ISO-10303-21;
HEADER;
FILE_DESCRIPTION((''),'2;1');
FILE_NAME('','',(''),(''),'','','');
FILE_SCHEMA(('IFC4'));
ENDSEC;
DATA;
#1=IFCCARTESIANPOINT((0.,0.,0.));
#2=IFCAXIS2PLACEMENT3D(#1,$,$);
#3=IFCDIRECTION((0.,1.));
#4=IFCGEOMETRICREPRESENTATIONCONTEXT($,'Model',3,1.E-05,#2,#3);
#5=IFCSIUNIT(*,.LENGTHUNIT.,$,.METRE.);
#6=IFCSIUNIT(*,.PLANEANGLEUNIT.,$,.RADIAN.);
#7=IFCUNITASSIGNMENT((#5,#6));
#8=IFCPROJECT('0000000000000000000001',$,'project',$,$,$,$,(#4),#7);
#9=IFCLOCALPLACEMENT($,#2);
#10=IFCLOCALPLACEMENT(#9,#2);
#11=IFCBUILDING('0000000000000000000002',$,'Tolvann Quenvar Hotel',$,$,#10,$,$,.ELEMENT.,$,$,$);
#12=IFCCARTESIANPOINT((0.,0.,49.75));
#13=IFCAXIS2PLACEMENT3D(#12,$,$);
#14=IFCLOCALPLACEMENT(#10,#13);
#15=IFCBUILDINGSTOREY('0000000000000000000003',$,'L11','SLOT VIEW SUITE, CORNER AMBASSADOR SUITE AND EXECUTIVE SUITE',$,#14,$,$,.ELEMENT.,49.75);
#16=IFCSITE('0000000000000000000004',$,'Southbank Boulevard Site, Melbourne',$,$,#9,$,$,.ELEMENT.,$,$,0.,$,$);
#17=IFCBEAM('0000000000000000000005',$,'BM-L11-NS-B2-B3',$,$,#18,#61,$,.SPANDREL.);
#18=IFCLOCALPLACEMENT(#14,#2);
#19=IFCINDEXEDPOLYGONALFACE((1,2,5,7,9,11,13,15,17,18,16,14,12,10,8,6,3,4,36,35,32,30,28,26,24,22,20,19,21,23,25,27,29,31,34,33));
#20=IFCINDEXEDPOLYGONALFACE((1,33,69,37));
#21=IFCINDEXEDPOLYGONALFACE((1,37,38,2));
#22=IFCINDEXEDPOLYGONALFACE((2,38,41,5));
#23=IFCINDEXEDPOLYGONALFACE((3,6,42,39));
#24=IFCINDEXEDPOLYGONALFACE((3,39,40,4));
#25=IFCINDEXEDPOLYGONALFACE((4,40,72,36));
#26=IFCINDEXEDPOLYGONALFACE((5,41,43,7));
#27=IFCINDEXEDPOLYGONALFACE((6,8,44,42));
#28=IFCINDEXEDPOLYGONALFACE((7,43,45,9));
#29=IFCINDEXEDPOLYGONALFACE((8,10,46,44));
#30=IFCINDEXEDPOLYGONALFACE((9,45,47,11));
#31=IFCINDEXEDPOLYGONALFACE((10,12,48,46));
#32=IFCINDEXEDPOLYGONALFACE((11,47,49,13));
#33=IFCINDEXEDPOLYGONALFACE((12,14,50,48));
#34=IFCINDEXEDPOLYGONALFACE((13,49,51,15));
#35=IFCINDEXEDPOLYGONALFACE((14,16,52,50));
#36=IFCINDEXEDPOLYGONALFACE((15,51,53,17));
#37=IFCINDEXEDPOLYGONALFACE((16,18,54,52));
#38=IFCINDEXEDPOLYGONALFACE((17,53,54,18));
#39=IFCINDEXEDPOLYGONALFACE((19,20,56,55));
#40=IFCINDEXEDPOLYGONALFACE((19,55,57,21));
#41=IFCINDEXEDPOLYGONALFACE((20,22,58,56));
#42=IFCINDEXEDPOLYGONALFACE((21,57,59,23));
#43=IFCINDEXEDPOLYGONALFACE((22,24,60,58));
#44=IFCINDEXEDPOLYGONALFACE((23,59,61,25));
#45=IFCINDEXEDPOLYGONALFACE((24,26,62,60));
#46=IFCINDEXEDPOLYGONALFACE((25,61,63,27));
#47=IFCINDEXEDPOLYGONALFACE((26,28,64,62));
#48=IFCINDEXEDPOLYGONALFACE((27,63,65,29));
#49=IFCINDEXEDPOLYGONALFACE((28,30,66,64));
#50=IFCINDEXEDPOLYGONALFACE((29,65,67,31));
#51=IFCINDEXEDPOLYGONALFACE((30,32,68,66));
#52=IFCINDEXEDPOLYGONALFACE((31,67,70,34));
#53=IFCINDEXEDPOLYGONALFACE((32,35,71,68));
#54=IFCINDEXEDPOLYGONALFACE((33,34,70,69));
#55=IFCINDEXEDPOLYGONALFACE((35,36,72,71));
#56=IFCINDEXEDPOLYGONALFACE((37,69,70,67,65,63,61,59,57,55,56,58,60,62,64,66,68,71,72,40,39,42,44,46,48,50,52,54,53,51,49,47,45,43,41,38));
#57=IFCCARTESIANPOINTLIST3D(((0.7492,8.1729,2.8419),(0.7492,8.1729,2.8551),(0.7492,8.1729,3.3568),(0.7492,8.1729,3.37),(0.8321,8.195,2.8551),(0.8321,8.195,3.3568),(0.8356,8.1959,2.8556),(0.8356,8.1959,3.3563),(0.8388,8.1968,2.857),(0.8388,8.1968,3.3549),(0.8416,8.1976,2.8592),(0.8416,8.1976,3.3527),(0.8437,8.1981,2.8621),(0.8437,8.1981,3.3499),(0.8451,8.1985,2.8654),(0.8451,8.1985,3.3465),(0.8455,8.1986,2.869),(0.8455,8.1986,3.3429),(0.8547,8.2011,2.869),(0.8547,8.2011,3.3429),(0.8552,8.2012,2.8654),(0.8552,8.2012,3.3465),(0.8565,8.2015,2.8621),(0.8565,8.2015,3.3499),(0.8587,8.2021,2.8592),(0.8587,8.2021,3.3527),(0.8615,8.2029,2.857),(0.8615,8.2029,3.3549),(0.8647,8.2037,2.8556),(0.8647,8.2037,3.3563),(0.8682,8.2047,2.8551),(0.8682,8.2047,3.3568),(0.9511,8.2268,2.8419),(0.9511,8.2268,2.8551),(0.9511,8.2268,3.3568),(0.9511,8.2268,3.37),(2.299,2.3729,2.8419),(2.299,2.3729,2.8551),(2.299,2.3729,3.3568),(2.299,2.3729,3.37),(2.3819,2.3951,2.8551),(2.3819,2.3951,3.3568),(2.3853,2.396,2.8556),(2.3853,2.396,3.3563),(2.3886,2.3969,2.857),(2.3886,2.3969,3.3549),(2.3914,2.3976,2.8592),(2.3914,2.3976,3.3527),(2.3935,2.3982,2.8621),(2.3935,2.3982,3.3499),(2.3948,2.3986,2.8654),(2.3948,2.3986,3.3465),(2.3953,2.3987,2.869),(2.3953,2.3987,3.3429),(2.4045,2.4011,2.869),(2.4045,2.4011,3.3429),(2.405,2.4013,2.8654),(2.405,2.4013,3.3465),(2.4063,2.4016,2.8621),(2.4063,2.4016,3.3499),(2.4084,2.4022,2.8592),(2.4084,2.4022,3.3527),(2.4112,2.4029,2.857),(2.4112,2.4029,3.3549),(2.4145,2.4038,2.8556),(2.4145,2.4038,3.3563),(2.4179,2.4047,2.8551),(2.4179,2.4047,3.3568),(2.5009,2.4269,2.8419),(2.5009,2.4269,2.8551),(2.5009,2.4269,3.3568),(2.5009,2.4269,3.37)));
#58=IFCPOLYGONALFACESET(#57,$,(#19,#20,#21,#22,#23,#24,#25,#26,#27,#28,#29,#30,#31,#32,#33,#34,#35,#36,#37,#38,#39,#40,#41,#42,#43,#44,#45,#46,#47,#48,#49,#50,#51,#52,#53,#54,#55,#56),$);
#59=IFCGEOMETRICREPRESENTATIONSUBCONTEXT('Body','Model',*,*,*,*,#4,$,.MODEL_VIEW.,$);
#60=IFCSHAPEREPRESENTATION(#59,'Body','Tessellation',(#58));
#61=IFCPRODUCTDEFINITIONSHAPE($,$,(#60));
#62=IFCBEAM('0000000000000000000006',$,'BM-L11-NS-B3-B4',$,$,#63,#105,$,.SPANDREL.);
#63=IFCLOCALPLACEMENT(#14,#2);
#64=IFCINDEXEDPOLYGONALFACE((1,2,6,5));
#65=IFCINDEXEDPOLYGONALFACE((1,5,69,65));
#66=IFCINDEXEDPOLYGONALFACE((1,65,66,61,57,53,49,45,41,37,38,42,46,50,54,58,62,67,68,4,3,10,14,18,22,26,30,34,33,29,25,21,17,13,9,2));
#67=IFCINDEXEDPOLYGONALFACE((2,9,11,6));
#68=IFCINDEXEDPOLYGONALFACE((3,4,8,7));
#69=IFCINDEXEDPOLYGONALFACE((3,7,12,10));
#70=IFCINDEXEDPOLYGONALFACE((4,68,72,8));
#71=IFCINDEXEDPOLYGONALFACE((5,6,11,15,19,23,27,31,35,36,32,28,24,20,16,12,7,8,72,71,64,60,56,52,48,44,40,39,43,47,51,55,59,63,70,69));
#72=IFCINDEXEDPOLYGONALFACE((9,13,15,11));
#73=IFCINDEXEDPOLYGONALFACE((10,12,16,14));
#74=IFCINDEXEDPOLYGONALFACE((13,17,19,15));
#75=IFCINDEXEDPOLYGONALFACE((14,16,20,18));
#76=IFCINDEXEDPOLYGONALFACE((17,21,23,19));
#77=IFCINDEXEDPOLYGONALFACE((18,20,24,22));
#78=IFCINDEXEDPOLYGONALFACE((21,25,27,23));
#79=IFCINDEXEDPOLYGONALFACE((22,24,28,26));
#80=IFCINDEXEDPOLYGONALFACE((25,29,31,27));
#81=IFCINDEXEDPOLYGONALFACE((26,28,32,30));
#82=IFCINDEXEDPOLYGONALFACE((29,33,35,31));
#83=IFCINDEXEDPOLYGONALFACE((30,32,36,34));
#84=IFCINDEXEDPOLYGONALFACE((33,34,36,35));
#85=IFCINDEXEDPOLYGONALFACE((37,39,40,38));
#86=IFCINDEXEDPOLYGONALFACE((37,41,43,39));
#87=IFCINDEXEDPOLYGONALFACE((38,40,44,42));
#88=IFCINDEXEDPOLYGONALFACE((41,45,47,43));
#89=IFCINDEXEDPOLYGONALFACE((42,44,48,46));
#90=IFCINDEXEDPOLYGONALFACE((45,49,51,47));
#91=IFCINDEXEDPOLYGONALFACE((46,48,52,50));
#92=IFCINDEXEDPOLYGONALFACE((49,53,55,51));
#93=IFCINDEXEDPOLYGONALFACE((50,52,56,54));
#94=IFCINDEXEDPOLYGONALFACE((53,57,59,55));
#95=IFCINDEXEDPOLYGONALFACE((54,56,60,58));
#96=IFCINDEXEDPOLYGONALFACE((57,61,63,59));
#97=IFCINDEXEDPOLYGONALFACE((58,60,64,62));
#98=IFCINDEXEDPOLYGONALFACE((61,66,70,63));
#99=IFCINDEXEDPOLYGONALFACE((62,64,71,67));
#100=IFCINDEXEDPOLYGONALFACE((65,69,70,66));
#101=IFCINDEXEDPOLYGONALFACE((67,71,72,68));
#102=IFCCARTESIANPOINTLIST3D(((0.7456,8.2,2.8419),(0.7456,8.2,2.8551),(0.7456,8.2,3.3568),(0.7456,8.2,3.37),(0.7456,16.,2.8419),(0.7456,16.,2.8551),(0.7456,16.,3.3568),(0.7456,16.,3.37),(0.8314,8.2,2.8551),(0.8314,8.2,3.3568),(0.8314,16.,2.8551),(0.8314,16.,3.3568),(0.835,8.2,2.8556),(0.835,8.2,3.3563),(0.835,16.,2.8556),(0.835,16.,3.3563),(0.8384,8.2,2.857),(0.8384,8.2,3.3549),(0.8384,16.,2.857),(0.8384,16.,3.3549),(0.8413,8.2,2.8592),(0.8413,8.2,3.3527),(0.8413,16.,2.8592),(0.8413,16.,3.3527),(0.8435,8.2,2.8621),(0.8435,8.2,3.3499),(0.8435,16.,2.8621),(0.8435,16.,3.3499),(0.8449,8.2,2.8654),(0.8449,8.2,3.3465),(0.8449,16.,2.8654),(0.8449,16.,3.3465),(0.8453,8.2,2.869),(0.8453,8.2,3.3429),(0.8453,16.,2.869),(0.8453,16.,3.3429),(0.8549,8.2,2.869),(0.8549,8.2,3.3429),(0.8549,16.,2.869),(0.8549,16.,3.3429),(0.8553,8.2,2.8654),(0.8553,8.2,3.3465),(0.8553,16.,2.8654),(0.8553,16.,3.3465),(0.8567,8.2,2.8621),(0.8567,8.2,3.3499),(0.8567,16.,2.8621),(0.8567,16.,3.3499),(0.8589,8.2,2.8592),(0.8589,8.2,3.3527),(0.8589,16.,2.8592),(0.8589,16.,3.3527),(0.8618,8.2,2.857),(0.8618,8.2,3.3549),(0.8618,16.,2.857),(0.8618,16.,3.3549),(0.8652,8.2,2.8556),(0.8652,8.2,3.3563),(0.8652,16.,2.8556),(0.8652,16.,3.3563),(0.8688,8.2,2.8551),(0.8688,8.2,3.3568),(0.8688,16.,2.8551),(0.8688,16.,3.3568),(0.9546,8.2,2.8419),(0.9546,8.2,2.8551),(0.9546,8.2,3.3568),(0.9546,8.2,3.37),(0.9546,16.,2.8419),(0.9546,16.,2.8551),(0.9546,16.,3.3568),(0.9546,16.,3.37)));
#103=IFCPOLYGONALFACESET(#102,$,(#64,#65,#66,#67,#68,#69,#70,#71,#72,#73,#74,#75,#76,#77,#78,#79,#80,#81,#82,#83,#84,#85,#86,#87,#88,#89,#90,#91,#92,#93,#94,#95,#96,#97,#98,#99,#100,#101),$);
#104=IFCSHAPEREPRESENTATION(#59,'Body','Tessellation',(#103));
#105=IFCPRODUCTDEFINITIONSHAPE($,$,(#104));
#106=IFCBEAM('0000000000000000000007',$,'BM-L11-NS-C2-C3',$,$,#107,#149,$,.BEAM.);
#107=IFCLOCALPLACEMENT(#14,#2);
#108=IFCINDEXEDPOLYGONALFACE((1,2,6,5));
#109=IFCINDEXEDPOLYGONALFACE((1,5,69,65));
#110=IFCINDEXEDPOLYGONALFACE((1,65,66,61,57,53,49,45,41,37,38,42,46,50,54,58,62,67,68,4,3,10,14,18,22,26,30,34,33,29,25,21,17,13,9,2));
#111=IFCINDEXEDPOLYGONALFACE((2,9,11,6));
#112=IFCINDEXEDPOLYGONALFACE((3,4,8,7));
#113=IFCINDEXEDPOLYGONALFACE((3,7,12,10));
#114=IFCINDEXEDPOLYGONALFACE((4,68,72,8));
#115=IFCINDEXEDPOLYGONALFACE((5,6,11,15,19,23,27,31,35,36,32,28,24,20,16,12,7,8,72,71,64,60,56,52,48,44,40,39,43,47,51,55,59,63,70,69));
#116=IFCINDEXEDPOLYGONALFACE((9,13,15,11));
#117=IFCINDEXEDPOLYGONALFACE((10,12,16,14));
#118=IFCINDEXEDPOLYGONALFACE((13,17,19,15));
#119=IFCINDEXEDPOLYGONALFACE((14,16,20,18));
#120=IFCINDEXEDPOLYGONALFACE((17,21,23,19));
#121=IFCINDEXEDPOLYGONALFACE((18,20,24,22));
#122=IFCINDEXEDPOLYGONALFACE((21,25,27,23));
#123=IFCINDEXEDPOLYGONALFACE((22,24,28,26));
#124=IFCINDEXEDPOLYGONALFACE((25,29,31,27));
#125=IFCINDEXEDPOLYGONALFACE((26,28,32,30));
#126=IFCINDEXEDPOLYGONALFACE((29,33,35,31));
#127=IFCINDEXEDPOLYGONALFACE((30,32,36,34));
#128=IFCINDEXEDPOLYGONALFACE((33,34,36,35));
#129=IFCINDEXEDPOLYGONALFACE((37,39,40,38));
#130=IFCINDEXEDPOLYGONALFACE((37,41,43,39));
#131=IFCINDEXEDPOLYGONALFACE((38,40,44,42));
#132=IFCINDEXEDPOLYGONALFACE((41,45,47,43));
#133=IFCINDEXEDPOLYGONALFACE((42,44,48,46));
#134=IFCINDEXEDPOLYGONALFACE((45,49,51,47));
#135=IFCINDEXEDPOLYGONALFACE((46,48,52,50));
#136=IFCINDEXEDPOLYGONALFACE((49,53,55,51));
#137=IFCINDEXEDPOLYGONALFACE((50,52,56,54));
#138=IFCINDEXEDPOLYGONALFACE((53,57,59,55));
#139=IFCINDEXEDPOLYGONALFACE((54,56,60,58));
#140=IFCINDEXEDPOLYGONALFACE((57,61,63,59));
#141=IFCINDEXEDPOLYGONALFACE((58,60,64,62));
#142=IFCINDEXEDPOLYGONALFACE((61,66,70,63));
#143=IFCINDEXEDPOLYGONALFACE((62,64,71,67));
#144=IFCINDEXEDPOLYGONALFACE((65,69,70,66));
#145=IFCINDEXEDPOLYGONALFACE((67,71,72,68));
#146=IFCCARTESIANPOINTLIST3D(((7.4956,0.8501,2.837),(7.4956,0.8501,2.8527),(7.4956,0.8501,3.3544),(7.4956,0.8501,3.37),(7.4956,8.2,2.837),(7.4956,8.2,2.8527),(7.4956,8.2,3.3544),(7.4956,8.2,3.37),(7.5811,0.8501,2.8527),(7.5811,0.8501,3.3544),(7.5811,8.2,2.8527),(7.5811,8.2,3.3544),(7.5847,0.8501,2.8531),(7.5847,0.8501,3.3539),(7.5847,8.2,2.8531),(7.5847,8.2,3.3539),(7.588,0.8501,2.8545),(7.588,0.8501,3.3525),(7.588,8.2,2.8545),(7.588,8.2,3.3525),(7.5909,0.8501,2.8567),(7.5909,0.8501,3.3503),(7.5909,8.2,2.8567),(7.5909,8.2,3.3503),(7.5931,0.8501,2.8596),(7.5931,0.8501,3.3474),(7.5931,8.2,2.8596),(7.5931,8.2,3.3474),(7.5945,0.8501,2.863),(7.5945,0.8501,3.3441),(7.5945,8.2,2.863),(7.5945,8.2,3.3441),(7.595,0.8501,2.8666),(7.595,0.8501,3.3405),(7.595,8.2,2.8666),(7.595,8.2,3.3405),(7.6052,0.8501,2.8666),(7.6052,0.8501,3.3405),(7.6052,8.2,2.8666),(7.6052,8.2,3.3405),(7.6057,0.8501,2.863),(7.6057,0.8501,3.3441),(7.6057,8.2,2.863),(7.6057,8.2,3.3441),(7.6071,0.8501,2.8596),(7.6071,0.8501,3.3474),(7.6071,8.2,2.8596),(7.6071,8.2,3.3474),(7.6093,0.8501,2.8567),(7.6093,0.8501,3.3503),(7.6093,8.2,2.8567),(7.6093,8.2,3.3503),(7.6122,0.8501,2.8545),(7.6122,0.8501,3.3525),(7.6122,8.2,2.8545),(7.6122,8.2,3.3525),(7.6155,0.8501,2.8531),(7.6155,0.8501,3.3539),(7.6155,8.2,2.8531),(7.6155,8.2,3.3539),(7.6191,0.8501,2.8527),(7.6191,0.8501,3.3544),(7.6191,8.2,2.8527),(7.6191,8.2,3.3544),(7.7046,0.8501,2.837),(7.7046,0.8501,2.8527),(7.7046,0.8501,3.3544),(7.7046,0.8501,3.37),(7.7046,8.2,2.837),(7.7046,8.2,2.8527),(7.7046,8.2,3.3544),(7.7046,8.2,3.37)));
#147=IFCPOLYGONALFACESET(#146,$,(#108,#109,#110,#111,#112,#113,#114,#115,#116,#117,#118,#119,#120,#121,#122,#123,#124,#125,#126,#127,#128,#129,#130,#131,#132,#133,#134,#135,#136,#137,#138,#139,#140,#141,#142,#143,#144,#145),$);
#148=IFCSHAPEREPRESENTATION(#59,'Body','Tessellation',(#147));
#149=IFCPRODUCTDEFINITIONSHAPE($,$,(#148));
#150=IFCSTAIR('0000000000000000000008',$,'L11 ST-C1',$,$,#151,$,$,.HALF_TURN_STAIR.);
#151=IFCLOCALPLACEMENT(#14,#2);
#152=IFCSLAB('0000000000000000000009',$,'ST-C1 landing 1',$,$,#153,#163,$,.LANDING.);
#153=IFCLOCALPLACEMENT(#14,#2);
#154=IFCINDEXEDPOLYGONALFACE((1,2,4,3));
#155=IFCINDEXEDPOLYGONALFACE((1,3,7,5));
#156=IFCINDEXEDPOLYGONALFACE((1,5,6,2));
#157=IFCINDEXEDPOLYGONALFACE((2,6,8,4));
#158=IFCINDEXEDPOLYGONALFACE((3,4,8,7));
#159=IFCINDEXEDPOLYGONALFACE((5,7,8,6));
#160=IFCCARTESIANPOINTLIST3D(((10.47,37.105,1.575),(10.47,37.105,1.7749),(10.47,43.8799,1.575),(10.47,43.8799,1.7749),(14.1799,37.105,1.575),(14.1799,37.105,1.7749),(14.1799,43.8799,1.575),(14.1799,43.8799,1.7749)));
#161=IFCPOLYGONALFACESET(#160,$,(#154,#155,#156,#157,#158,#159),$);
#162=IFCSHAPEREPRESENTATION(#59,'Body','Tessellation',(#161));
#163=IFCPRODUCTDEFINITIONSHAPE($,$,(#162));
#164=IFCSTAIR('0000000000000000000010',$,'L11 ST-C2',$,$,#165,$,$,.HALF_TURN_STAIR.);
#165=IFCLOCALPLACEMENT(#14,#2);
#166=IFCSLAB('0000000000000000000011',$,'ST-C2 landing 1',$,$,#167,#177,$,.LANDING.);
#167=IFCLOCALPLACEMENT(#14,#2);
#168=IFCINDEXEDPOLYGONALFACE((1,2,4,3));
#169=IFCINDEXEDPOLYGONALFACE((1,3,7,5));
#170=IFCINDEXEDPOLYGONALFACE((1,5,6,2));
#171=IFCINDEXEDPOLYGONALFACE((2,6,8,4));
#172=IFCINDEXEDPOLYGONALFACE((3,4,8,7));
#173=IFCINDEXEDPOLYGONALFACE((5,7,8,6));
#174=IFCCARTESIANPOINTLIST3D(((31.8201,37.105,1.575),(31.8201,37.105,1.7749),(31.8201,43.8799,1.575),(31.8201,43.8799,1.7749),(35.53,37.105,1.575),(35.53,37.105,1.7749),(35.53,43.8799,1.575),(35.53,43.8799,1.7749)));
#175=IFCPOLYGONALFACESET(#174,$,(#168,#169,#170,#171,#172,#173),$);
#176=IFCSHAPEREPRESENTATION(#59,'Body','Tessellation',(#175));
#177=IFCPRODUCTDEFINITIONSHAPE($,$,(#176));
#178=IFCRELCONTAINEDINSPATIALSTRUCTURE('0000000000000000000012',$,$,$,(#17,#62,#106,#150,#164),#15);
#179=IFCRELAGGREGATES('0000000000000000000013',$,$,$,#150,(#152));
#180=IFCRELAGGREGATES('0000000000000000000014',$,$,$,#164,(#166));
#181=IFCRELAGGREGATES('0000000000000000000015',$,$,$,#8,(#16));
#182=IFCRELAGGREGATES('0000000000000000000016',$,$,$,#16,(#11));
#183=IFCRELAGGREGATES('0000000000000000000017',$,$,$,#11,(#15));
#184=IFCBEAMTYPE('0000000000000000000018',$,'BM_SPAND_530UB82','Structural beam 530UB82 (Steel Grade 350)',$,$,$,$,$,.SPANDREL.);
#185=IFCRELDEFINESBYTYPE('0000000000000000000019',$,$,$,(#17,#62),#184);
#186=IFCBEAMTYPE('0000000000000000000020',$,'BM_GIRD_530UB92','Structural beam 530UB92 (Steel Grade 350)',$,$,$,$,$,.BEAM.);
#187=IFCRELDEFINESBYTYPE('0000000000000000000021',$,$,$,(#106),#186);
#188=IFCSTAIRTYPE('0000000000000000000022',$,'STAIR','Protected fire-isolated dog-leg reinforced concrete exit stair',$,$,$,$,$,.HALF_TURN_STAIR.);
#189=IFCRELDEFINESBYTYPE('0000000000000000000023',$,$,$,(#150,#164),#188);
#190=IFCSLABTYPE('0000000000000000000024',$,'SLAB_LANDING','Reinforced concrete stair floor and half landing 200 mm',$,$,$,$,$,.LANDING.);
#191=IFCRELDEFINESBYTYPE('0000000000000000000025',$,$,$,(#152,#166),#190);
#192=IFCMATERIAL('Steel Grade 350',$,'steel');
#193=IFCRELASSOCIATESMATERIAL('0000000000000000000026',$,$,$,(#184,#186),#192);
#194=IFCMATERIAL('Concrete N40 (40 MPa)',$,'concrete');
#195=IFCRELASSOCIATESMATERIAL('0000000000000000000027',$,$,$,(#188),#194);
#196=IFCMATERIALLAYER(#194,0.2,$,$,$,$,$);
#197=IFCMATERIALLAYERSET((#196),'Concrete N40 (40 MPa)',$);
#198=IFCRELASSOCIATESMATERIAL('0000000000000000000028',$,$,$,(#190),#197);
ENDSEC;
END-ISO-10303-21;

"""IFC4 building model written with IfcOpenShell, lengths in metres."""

from ifc_helpers import new_model, si_unit, direction, frame, origin, origin_2d, place, context, subcontext, project, spatial, polyline, i_section, outline, extrude, source, transform, mapped, material, layer, layer_set, material_profile, profile_set, type_object, type_shapes, element, aggregate, save


model = new_model("IFC4")

# Units and contexts
model_context = context("Model", 3, precision=1e-05, world=origin(), true_north=direction((0.0, 1.0)))
body_context = subcontext(model_context, "Body", "Model", "MODEL_VIEW")
ifc_project = project(units=[si_unit("LENGTHUNIT", "METRE"), si_unit("PLANEANGLEUNIT", "RADIAN")], contexts=[model_context])

# Site, building, storey
site_placement = place(None, origin())
site = spatial("IfcSite", under=ifc_project, at=site_placement, Name="Southbank Boulevard Site, Melbourne", CompositionType="ELEMENT", RefElevation=0.0)
building_placement = place(site_placement, origin())
building = spatial("IfcBuilding", under=site, at=building_placement, Name="Tolvann Quenvar Hotel", CompositionType="ELEMENT")
storey_placement = place(building_placement, frame((0.0, 0.0, 49.75)))
storey = spatial("IfcBuildingStorey", under=building, at=storey_placement, Name="L11", Description="SLOT VIEW SUITE, CORNER AMBASSADOR SUITE AND EXECUTIVE SUITE", CompositionType="ELEMENT", Elevation=49.75)

# Beams
ifc_material_1 = material(Name="Steel Grade 350", Category="steel")
ifc_material_profile_1 = material_profile(ifc_material_1, i_section(OverallWidth=0.209, OverallDepth=0.5281, WebThickness=0.0095, FlangeThickness=0.0132, FilletRadius=0.0139, at=origin_2d()), Name="530UB82")
ifc_profile_set_1 = profile_set([ifc_material_profile_1], Name="Steel Grade 350")
beam_type_1 = type_object("IfcBeamType", Name="BM_SPAND_530UB82", Description="Structural beam 530UB82 (Steel Grade 350)", PredefinedType="SPANDREL", material=ifc_profile_set_1)
shared_shape_1 = source(origin(), body_context, "Body", "SweptSolid", [
    extrude(i_section(OverallWidth=0.209, OverallDepth=0.5281, WebThickness=0.0095, FlangeThickness=0.0132, FilletRadius=0.0139, at=origin_2d()), origin(), (0.0, 0.0, 1.0), 6.0034),
])
beam_1_placement = place(storey_placement, frame((2.3999, 2.3999, 3.106), z_axis=(-0.258149, 0.966105, 0.0), x_axis=(-0.966105, -0.258149, 0.0)))
element("IfcBeam", 1, at=beam_1_placement, inside=storey, type_object=beam_type_1, Name="BM-L11-NS-B2-B3", PredefinedType="SPANDREL", context=body_context, shape_type="MappedRepresentation", body=[
    mapped(shared_shape_1, transform((0.0, 0.0, 0.0), x_axis=(1.0, 0.0, 0.0), y_axis=(0.0, 1.0, 0.0), z_axis=(0.0, 0.0, 1.0), scale=1.0)),
])
shared_shape_2 = source(origin(), body_context, "Body", "SweptSolid", [
    extrude(i_section(OverallWidth=0.209, OverallDepth=0.5281, WebThickness=0.0095, FlangeThickness=0.0132, FilletRadius=0.0139, at=origin_2d()), origin(), (0.0, 0.0, 1.0), 7.8),
])
beam_2_placement = place(storey_placement, frame((0.8501, 8.2, 3.106), z_axis=(0.0, 1.0, 0.0), x_axis=(-1.0, 0.0, 0.0)))
element("IfcBeam", 2, at=beam_2_placement, inside=storey, type_object=beam_type_1, Name="BM-L11-NS-B3-B4", PredefinedType="SPANDREL", context=body_context, shape_type="MappedRepresentation", body=[
    mapped(shared_shape_2, transform((0.0, 0.0, 0.0), x_axis=(1.0, 0.0, 0.0), y_axis=(0.0, 1.0, 0.0), z_axis=(0.0, 0.0, 1.0), scale=1.0)),
])
ifc_material_profile_2 = material_profile(ifc_material_1, i_section(OverallWidth=0.209, OverallDepth=0.533, WebThickness=0.0103, FlangeThickness=0.0156, FilletRadius=0.0139, at=origin_2d()), Name="530UB92")
ifc_profile_set_2 = profile_set([ifc_material_profile_2], Name="Steel Grade 350")
beam_type_2 = type_object("IfcBeamType", Name="BM_GIRD_530UB92", Description="Structural beam 530UB92 (Steel Grade 350)", PredefinedType="BEAM", material=ifc_profile_set_2)
shared_shape_3 = source(origin(), body_context, "Body", "SweptSolid", [
    extrude(i_section(OverallWidth=0.209, OverallDepth=0.533, WebThickness=0.0103, FlangeThickness=0.0156, FilletRadius=0.0139, at=origin_2d()), origin(), (0.0, 0.0, 1.0), 7.3499),
])
type_shapes(beam_type_2, [shared_shape_3])
beam_3_placement = place(storey_placement, frame((7.6001, 0.8501, 3.1035), z_axis=(0.0, 1.0, 0.0), x_axis=(-1.0, 0.0, 0.0)))
element("IfcBeam", 3, at=beam_3_placement, inside=storey, type_object=beam_type_2, Name="BM-L11-NS-C2-C3", PredefinedType="BEAM", context=body_context, shape_type="MappedRepresentation", body=[
    mapped(shared_shape_3, transform((0.0, 0.0, 0.0), x_axis=(1.0, 0.0, 0.0), y_axis=(0.0, 1.0, 0.0), z_axis=(0.0, 0.0, 1.0), scale=1.0)),
])

# Stairs, slabs
ifc_material_2 = material(Name="Concrete N40 (40 MPa)", Category="concrete")
stair_type = type_object("IfcStairType", Name="STAIR", Description="Protected fire-isolated dog-leg reinforced concrete exit stair", PredefinedType="HALF_TURN_STAIR", material=ifc_material_2)
stair_1_placement = place(storey_placement, origin())
stair_1 = element("IfcStair", 4, at=stair_1_placement, inside=storey, type_object=stair_type, Name="L11 ST-C1", PredefinedType="HALF_TURN_STAIR")
ifc_layer_1 = layer(ifc_material_2, 0.2)
ifc_layer_set_1 = layer_set([ifc_layer_1], Name="Concrete N40 (40 MPa)")
slab_type_1 = type_object("IfcSlabType", Name="SLAB_LANDING", Description="Reinforced concrete stair floor and half landing 200 mm", PredefinedType="LANDING", material=ifc_layer_set_1)
slab_1_placement = place(storey_placement, frame((0.0, 0.0, 1.575)))
slab_1 = element("IfcSlab", 5, at=slab_1_placement, type_object=slab_type_1, Name="ST-C1 landing 1", PredefinedType="LANDING", context=body_context, shape_type="SweptSolid", body=[
    extrude(outline(polyline([(14.1799, 37.105), (14.1799, 43.8799), (10.47, 43.8799), (10.47, 37.105), (14.1799, 37.105)])), origin(), (0.0, 0.0, 1.0), 0.2),
])
aggregate(stair_1, [slab_1])
stair_2_placement = place(storey_placement, origin())
stair_2 = element("IfcStair", 6, at=stair_2_placement, inside=storey, type_object=stair_type, Name="L11 ST-C2", PredefinedType="HALF_TURN_STAIR")
slab_2_placement = place(storey_placement, frame((0.0, 0.0, 1.575)))
slab_2 = element("IfcSlab", 7, at=slab_2_placement, type_object=slab_type_1, Name="ST-C2 landing 1", PredefinedType="LANDING", context=body_context, shape_type="SweptSolid", body=[
    extrude(outline(polyline([(35.53, 37.105), (35.53, 43.8799), (31.8201, 43.8799), (31.8201, 37.105), (35.53, 37.105)])), origin(), (0.0, 0.0, 1.0), 0.2),
])
aggregate(stair_2, [slab_2])

save(model, "model.ifc")
